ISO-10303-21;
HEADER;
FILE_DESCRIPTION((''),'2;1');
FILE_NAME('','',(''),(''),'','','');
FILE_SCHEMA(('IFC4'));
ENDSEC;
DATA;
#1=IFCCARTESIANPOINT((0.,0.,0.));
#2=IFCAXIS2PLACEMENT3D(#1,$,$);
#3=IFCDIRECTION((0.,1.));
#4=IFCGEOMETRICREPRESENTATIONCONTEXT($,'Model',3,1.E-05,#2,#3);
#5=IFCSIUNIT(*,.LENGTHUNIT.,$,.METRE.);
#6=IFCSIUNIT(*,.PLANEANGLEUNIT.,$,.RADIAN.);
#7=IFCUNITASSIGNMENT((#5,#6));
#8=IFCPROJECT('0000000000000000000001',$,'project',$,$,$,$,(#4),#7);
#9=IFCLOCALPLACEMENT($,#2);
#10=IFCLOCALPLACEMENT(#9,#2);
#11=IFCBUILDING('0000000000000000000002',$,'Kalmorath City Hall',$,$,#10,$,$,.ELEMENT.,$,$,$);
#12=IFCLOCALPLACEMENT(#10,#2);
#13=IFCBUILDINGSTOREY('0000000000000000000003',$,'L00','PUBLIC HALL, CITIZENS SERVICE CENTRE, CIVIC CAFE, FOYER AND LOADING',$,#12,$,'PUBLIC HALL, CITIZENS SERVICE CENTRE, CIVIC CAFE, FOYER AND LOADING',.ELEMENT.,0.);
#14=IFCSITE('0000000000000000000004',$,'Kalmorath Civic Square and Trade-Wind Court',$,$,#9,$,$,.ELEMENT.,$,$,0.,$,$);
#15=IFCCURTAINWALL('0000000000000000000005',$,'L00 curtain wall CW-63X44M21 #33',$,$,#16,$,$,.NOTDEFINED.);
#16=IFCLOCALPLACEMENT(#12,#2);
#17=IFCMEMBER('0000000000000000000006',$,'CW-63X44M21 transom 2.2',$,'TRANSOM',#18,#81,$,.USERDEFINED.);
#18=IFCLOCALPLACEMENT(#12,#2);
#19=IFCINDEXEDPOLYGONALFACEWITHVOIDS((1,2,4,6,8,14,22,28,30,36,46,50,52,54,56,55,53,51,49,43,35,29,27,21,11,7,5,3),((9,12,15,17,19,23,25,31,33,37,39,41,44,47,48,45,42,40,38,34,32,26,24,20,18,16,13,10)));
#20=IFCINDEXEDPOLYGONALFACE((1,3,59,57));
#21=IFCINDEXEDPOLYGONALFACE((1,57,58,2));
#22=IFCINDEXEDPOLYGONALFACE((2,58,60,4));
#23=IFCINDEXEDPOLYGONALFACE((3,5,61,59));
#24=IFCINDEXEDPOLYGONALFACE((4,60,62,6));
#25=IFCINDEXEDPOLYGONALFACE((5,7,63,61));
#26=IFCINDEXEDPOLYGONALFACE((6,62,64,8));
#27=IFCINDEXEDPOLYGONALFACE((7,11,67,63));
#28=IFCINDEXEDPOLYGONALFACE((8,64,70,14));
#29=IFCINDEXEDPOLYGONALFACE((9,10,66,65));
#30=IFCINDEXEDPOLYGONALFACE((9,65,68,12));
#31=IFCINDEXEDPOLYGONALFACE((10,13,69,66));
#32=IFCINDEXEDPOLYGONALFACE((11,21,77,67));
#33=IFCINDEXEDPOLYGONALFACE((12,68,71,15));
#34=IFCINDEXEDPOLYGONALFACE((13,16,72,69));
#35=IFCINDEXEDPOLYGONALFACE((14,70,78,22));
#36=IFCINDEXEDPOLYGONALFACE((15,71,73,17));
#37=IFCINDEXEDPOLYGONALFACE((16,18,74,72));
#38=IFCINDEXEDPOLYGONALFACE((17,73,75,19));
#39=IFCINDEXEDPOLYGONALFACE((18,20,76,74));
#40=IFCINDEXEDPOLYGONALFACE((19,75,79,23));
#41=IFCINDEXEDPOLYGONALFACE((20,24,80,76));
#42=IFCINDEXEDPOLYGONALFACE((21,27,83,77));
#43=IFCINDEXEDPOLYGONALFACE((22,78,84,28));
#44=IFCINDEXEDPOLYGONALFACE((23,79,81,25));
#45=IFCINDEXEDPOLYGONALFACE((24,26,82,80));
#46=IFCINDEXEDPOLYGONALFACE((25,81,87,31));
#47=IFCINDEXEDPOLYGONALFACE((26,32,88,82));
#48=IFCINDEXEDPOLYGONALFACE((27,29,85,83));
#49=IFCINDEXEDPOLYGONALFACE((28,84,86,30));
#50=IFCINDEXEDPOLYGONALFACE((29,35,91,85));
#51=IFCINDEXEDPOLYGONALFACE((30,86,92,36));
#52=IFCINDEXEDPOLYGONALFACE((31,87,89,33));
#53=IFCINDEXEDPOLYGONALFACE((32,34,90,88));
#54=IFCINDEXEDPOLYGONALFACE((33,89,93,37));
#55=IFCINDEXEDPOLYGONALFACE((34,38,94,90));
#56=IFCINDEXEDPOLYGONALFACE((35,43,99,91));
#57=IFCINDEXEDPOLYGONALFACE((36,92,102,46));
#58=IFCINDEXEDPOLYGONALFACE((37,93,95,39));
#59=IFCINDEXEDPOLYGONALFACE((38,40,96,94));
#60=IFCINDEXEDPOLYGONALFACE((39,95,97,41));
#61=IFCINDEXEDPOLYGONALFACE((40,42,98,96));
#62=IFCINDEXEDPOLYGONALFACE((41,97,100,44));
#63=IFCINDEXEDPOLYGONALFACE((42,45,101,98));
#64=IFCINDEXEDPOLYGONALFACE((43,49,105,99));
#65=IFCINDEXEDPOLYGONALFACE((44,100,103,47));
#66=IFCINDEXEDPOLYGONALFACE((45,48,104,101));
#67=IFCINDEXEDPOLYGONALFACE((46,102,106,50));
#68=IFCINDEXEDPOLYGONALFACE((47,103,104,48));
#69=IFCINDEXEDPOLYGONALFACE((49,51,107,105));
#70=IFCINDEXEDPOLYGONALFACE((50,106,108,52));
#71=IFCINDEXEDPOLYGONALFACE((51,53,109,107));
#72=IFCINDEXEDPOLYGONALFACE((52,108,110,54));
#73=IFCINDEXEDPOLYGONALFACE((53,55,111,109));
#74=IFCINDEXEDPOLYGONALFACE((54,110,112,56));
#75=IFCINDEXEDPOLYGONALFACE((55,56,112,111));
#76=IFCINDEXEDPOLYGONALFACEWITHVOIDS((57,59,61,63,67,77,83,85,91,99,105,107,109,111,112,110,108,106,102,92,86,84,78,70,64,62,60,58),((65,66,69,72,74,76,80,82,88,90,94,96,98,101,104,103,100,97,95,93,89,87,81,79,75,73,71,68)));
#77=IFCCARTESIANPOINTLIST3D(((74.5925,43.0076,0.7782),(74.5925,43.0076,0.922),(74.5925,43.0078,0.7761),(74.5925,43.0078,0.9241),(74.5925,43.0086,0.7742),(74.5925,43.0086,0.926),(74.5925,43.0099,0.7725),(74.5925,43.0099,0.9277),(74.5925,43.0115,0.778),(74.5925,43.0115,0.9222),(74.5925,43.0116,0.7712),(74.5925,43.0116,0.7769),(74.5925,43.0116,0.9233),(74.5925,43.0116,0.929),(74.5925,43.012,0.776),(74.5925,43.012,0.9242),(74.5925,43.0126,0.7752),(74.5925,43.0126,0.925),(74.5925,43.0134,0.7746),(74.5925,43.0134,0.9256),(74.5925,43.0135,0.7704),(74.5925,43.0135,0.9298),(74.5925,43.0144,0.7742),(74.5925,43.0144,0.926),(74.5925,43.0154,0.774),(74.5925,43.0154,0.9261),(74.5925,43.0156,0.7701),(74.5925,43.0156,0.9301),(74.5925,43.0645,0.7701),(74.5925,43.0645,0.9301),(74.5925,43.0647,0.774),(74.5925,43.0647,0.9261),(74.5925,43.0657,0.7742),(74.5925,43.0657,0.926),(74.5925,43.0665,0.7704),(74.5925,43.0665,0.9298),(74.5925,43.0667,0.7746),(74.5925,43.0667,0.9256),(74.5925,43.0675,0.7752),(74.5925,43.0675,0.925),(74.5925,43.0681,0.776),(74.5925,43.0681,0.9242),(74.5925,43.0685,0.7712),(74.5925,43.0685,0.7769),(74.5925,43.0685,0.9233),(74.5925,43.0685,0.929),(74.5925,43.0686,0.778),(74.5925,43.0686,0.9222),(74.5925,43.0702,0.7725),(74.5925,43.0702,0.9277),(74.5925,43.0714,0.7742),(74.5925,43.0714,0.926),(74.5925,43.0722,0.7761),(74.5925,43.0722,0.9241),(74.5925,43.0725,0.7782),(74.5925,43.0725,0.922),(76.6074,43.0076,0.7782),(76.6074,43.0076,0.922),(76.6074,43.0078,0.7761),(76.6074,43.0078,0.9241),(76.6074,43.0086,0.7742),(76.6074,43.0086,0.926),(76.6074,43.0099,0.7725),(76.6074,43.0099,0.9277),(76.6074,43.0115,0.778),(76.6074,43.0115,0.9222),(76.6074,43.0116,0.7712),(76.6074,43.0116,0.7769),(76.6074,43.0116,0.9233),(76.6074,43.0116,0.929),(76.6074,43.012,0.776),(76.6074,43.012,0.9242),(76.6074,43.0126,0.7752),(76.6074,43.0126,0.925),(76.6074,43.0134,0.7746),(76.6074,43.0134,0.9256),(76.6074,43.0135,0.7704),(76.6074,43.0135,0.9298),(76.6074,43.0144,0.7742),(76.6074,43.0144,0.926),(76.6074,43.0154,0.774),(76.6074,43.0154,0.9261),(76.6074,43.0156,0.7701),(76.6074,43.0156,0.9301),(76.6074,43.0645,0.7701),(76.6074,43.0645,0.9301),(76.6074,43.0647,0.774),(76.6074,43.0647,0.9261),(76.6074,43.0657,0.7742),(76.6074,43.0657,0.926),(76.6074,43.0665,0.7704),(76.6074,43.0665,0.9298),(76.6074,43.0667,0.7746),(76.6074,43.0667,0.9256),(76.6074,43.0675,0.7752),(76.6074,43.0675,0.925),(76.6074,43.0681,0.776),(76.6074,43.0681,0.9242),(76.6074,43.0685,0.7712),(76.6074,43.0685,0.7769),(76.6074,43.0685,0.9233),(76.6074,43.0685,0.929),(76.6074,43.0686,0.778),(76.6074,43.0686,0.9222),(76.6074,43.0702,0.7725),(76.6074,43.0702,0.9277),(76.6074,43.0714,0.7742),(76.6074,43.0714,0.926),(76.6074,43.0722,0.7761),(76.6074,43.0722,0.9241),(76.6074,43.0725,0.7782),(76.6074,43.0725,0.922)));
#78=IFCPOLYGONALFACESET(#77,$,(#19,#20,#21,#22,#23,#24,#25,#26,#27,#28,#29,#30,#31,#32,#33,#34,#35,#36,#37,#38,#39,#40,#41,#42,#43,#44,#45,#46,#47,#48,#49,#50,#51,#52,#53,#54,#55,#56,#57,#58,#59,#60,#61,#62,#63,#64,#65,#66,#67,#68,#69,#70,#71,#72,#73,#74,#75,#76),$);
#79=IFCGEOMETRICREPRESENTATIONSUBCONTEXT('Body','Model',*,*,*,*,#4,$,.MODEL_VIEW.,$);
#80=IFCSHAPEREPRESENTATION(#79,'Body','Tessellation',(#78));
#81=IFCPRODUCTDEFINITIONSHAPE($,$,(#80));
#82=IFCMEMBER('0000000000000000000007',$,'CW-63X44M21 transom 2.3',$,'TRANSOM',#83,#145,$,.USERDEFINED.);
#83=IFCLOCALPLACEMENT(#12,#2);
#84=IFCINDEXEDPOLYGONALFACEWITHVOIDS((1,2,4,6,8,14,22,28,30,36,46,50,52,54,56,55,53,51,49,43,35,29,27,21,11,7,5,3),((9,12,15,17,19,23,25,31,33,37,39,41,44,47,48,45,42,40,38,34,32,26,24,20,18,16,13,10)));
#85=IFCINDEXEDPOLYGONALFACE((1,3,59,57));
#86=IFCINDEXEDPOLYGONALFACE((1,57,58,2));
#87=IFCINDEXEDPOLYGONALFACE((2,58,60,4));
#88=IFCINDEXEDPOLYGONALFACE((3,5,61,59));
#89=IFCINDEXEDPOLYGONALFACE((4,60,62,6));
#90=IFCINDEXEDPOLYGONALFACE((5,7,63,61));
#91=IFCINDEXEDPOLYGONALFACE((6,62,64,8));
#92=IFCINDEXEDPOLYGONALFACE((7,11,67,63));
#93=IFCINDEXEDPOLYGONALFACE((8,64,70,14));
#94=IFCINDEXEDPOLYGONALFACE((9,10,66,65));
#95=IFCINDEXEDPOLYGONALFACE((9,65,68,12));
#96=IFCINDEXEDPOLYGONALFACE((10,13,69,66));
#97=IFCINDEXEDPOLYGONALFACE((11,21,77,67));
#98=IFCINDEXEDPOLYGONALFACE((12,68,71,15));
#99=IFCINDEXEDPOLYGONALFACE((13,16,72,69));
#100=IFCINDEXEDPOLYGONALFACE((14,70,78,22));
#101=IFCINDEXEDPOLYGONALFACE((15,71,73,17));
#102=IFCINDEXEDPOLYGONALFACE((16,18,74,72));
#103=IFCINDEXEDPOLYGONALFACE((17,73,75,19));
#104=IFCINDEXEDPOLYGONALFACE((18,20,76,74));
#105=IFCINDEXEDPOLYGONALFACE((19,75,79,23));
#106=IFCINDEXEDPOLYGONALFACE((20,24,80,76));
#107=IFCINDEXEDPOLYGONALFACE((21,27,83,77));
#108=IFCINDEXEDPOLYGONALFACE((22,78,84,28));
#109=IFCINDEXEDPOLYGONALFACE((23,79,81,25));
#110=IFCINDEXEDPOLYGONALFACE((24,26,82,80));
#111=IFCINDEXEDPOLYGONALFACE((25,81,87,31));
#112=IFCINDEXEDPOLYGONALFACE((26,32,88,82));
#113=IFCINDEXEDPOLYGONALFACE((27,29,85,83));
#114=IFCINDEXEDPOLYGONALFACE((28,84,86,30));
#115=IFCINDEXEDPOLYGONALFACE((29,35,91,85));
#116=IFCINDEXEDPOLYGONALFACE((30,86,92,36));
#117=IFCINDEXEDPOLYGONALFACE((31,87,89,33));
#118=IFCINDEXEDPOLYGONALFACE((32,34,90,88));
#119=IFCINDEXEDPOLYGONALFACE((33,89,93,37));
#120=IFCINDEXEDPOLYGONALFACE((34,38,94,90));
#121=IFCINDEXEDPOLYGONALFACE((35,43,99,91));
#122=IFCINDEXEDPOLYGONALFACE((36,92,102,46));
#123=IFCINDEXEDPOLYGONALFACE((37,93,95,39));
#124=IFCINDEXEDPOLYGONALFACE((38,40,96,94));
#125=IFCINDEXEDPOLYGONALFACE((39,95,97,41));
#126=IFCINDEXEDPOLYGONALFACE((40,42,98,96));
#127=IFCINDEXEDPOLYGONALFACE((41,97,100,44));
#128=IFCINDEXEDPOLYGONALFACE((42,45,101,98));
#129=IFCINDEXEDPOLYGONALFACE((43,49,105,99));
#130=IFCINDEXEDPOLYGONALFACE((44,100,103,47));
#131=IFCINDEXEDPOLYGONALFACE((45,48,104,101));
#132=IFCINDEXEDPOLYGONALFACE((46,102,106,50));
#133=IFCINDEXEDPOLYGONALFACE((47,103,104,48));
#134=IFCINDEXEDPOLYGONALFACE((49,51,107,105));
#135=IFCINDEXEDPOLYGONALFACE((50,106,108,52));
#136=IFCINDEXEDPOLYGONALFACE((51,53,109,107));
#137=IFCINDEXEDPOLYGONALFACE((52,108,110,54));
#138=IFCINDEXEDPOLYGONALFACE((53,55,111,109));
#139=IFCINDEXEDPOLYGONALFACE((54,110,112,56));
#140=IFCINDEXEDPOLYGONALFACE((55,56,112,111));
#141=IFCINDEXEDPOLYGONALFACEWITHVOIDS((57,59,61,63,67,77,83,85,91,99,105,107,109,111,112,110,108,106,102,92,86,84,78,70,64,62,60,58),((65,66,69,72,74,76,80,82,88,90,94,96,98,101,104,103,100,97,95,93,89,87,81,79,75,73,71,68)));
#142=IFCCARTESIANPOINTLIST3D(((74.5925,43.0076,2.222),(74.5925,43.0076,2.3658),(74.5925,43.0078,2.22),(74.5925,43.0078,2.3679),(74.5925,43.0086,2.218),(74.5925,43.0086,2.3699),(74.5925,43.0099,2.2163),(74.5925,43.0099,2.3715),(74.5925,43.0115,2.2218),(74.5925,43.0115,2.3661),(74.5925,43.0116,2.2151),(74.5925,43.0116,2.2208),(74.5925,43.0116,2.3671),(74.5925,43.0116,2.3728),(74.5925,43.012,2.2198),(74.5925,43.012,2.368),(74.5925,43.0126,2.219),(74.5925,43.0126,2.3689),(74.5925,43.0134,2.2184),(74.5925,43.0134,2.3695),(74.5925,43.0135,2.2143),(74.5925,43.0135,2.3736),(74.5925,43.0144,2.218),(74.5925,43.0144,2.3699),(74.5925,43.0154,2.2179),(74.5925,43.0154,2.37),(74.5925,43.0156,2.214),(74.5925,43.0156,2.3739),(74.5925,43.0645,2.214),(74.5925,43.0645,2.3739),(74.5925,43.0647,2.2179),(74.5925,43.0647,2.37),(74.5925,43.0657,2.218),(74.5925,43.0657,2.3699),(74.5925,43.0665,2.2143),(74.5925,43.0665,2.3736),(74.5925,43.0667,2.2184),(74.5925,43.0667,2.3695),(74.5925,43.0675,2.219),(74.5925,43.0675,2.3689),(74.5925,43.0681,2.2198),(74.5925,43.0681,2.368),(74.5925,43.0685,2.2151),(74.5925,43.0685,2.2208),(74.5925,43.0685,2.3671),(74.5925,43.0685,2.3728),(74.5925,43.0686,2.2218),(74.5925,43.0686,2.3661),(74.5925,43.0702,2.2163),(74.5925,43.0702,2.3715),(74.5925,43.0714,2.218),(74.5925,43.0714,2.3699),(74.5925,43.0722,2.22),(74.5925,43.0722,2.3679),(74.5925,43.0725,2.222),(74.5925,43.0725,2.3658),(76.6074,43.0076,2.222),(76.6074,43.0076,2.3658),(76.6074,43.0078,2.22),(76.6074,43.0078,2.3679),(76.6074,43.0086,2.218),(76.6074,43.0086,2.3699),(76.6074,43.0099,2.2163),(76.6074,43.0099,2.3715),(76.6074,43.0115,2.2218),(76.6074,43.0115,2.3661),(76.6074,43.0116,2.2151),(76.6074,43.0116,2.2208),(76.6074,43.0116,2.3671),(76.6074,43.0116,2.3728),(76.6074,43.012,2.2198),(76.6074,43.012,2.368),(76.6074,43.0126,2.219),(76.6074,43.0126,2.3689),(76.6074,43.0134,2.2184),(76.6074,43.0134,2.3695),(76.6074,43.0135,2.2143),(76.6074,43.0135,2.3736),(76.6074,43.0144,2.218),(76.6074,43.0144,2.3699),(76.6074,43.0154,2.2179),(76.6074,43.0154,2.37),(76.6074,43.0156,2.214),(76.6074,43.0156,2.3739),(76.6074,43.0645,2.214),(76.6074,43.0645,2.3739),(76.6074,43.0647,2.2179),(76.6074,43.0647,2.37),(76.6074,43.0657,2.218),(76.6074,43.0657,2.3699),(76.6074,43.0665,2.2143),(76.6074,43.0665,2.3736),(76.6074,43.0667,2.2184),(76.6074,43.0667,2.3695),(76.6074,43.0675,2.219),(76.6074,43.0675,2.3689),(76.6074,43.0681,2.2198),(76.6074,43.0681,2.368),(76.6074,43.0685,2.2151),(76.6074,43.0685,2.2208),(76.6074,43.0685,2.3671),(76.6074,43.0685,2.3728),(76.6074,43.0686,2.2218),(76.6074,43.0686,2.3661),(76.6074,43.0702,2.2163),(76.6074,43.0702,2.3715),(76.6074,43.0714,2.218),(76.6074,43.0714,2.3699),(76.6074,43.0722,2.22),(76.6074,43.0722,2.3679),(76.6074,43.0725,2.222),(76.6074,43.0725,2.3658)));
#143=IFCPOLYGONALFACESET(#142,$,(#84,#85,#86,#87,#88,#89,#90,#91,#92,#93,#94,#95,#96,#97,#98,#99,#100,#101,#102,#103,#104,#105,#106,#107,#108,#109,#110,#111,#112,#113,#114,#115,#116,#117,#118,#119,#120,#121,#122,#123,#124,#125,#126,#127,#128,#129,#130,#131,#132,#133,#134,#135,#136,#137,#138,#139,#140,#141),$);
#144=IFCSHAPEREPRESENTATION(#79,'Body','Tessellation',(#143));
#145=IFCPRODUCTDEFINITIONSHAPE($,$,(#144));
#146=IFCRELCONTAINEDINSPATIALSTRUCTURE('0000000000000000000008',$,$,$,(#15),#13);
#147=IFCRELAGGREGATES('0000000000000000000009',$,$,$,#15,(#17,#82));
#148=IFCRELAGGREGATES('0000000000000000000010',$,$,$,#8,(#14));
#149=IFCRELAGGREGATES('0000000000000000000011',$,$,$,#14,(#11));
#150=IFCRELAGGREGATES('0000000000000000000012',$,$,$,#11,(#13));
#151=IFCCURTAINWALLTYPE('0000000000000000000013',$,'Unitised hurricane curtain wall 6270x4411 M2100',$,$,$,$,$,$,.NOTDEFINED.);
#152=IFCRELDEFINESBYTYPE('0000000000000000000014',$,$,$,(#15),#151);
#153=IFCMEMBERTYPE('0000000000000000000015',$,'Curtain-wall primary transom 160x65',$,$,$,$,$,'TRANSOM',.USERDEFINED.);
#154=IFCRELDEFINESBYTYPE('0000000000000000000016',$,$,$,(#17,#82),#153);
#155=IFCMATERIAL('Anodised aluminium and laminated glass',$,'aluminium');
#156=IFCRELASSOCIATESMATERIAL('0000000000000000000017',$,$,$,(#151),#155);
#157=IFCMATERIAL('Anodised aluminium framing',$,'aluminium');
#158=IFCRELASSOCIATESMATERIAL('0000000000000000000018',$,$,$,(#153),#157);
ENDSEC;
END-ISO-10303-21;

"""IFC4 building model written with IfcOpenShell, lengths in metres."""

from ifc_helpers import new_model, si_unit, direction, frame, origin, origin_2d, place, context, subcontext, project, spatial, hollow_rectangle, extrude, material, material_profile, profile_set, type_object, element, aggregate, save


model = new_model("IFC4")

# Units and contexts
model_context = context("Model", 3, precision=1e-05, world=origin(), true_north=direction((0.0, 1.0)))
body_context = subcontext(model_context, "Body", "Model", "MODEL_VIEW")
ifc_project = project(units=[si_unit("LENGTHUNIT", "METRE"), si_unit("PLANEANGLEUNIT", "RADIAN")], contexts=[model_context])

# Site, building, storey
site_placement = place(None, origin())
site = spatial("IfcSite", under=ifc_project, at=site_placement, Name="Kalmorath Civic Square and Trade-Wind Court", CompositionType="ELEMENT", RefElevation=0.0)
building_placement = place(site_placement, origin())
building = spatial("IfcBuilding", under=site, at=building_placement, Name="Kalmorath City Hall", CompositionType="ELEMENT")
storey_placement = place(building_placement, origin())
storey = spatial("IfcBuildingStorey", under=building, at=storey_placement, Name="L00", Description="PUBLIC HALL, CITIZENS SERVICE CENTRE, CIVIC CAFE, FOYER AND LOADING", LongName="PUBLIC HALL, CITIZENS SERVICE CENTRE, CIVIC CAFE, FOYER AND LOADING", CompositionType="ELEMENT", Elevation=0.0)

# Curtain wall, members
ifc_material_1 = material(Name="Anodised aluminium and laminated glass", Category="aluminium")
curtain_wall_type = type_object("IfcCurtainWallType", Name="Unitised hurricane curtain wall 6270x4411 M2100", PredefinedType="NOTDEFINED", material=ifc_material_1)
curtain_wall_placement = place(storey_placement, origin())
curtain_wall = element("IfcCurtainWall", 1, at=curtain_wall_placement, inside=storey, type_object=curtain_wall_type, Name="L00 curtain wall CW-63X44M21 #33", PredefinedType="NOTDEFINED")
ifc_material_2 = material(Name="Anodised aluminium framing", Category="aluminium")
ifc_material_profile_1 = material_profile(ifc_material_2, hollow_rectangle(XDim=0.0649, YDim=0.1599, WallThickness=0.0039, InnerFilletRadius=0.0039, OuterFilletRadius=0.0081, at=origin_2d()), Name="ALU-TRN-160X65X4")
ifc_profile_set_1 = profile_set([ifc_material_profile_1], Name="Anodised aluminium framing")
member_type_1 = type_object("IfcMemberType", Name="Curtain-wall primary transom 160x65", ElementType="TRANSOM", PredefinedType="USERDEFINED", material=ifc_profile_set_1)
member_1_placement = place(storey_placement, frame((74.5925, 43.04, 0.8501), z_axis=(1.0, 0.0, 0.0), x_axis=(0.0, 1.0, 0.0)))
member_1 = element("IfcMember", 2, at=member_1_placement, type_object=member_type_1, Name="CW-63X44M21 transom 2.2", ObjectType="TRANSOM", PredefinedType="USERDEFINED", context=body_context, shape_type="SweptSolid", body=[
    extrude(hollow_rectangle(XDim=0.0649, YDim=0.1599, WallThickness=0.0039, InnerFilletRadius=0.0039, OuterFilletRadius=0.0081, at=origin_2d()), origin(), (0.0, 0.0, 1.0), 2.0149),
])
member_2_placement = place(storey_placement, frame((74.5925, 43.04, 2.2939), z_axis=(1.0, 0.0, 0.0), x_axis=(0.0, 1.0, 0.0)))
member_2 = element("IfcMember", 3, at=member_2_placement, type_object=member_type_1, Name="CW-63X44M21 transom 2.3", ObjectType="TRANSOM", PredefinedType="USERDEFINED", context=body_context, shape_type="SweptSolid", body=[
    extrude(hollow_rectangle(XDim=0.0649, YDim=0.1599, WallThickness=0.0039, InnerFilletRadius=0.0039, OuterFilletRadius=0.0081, at=origin_2d()), origin(), (0.0, 0.0, 1.0), 2.0149),
])

aggregate(curtain_wall, [member_1, member_2])

save(model, "model.ifc")
